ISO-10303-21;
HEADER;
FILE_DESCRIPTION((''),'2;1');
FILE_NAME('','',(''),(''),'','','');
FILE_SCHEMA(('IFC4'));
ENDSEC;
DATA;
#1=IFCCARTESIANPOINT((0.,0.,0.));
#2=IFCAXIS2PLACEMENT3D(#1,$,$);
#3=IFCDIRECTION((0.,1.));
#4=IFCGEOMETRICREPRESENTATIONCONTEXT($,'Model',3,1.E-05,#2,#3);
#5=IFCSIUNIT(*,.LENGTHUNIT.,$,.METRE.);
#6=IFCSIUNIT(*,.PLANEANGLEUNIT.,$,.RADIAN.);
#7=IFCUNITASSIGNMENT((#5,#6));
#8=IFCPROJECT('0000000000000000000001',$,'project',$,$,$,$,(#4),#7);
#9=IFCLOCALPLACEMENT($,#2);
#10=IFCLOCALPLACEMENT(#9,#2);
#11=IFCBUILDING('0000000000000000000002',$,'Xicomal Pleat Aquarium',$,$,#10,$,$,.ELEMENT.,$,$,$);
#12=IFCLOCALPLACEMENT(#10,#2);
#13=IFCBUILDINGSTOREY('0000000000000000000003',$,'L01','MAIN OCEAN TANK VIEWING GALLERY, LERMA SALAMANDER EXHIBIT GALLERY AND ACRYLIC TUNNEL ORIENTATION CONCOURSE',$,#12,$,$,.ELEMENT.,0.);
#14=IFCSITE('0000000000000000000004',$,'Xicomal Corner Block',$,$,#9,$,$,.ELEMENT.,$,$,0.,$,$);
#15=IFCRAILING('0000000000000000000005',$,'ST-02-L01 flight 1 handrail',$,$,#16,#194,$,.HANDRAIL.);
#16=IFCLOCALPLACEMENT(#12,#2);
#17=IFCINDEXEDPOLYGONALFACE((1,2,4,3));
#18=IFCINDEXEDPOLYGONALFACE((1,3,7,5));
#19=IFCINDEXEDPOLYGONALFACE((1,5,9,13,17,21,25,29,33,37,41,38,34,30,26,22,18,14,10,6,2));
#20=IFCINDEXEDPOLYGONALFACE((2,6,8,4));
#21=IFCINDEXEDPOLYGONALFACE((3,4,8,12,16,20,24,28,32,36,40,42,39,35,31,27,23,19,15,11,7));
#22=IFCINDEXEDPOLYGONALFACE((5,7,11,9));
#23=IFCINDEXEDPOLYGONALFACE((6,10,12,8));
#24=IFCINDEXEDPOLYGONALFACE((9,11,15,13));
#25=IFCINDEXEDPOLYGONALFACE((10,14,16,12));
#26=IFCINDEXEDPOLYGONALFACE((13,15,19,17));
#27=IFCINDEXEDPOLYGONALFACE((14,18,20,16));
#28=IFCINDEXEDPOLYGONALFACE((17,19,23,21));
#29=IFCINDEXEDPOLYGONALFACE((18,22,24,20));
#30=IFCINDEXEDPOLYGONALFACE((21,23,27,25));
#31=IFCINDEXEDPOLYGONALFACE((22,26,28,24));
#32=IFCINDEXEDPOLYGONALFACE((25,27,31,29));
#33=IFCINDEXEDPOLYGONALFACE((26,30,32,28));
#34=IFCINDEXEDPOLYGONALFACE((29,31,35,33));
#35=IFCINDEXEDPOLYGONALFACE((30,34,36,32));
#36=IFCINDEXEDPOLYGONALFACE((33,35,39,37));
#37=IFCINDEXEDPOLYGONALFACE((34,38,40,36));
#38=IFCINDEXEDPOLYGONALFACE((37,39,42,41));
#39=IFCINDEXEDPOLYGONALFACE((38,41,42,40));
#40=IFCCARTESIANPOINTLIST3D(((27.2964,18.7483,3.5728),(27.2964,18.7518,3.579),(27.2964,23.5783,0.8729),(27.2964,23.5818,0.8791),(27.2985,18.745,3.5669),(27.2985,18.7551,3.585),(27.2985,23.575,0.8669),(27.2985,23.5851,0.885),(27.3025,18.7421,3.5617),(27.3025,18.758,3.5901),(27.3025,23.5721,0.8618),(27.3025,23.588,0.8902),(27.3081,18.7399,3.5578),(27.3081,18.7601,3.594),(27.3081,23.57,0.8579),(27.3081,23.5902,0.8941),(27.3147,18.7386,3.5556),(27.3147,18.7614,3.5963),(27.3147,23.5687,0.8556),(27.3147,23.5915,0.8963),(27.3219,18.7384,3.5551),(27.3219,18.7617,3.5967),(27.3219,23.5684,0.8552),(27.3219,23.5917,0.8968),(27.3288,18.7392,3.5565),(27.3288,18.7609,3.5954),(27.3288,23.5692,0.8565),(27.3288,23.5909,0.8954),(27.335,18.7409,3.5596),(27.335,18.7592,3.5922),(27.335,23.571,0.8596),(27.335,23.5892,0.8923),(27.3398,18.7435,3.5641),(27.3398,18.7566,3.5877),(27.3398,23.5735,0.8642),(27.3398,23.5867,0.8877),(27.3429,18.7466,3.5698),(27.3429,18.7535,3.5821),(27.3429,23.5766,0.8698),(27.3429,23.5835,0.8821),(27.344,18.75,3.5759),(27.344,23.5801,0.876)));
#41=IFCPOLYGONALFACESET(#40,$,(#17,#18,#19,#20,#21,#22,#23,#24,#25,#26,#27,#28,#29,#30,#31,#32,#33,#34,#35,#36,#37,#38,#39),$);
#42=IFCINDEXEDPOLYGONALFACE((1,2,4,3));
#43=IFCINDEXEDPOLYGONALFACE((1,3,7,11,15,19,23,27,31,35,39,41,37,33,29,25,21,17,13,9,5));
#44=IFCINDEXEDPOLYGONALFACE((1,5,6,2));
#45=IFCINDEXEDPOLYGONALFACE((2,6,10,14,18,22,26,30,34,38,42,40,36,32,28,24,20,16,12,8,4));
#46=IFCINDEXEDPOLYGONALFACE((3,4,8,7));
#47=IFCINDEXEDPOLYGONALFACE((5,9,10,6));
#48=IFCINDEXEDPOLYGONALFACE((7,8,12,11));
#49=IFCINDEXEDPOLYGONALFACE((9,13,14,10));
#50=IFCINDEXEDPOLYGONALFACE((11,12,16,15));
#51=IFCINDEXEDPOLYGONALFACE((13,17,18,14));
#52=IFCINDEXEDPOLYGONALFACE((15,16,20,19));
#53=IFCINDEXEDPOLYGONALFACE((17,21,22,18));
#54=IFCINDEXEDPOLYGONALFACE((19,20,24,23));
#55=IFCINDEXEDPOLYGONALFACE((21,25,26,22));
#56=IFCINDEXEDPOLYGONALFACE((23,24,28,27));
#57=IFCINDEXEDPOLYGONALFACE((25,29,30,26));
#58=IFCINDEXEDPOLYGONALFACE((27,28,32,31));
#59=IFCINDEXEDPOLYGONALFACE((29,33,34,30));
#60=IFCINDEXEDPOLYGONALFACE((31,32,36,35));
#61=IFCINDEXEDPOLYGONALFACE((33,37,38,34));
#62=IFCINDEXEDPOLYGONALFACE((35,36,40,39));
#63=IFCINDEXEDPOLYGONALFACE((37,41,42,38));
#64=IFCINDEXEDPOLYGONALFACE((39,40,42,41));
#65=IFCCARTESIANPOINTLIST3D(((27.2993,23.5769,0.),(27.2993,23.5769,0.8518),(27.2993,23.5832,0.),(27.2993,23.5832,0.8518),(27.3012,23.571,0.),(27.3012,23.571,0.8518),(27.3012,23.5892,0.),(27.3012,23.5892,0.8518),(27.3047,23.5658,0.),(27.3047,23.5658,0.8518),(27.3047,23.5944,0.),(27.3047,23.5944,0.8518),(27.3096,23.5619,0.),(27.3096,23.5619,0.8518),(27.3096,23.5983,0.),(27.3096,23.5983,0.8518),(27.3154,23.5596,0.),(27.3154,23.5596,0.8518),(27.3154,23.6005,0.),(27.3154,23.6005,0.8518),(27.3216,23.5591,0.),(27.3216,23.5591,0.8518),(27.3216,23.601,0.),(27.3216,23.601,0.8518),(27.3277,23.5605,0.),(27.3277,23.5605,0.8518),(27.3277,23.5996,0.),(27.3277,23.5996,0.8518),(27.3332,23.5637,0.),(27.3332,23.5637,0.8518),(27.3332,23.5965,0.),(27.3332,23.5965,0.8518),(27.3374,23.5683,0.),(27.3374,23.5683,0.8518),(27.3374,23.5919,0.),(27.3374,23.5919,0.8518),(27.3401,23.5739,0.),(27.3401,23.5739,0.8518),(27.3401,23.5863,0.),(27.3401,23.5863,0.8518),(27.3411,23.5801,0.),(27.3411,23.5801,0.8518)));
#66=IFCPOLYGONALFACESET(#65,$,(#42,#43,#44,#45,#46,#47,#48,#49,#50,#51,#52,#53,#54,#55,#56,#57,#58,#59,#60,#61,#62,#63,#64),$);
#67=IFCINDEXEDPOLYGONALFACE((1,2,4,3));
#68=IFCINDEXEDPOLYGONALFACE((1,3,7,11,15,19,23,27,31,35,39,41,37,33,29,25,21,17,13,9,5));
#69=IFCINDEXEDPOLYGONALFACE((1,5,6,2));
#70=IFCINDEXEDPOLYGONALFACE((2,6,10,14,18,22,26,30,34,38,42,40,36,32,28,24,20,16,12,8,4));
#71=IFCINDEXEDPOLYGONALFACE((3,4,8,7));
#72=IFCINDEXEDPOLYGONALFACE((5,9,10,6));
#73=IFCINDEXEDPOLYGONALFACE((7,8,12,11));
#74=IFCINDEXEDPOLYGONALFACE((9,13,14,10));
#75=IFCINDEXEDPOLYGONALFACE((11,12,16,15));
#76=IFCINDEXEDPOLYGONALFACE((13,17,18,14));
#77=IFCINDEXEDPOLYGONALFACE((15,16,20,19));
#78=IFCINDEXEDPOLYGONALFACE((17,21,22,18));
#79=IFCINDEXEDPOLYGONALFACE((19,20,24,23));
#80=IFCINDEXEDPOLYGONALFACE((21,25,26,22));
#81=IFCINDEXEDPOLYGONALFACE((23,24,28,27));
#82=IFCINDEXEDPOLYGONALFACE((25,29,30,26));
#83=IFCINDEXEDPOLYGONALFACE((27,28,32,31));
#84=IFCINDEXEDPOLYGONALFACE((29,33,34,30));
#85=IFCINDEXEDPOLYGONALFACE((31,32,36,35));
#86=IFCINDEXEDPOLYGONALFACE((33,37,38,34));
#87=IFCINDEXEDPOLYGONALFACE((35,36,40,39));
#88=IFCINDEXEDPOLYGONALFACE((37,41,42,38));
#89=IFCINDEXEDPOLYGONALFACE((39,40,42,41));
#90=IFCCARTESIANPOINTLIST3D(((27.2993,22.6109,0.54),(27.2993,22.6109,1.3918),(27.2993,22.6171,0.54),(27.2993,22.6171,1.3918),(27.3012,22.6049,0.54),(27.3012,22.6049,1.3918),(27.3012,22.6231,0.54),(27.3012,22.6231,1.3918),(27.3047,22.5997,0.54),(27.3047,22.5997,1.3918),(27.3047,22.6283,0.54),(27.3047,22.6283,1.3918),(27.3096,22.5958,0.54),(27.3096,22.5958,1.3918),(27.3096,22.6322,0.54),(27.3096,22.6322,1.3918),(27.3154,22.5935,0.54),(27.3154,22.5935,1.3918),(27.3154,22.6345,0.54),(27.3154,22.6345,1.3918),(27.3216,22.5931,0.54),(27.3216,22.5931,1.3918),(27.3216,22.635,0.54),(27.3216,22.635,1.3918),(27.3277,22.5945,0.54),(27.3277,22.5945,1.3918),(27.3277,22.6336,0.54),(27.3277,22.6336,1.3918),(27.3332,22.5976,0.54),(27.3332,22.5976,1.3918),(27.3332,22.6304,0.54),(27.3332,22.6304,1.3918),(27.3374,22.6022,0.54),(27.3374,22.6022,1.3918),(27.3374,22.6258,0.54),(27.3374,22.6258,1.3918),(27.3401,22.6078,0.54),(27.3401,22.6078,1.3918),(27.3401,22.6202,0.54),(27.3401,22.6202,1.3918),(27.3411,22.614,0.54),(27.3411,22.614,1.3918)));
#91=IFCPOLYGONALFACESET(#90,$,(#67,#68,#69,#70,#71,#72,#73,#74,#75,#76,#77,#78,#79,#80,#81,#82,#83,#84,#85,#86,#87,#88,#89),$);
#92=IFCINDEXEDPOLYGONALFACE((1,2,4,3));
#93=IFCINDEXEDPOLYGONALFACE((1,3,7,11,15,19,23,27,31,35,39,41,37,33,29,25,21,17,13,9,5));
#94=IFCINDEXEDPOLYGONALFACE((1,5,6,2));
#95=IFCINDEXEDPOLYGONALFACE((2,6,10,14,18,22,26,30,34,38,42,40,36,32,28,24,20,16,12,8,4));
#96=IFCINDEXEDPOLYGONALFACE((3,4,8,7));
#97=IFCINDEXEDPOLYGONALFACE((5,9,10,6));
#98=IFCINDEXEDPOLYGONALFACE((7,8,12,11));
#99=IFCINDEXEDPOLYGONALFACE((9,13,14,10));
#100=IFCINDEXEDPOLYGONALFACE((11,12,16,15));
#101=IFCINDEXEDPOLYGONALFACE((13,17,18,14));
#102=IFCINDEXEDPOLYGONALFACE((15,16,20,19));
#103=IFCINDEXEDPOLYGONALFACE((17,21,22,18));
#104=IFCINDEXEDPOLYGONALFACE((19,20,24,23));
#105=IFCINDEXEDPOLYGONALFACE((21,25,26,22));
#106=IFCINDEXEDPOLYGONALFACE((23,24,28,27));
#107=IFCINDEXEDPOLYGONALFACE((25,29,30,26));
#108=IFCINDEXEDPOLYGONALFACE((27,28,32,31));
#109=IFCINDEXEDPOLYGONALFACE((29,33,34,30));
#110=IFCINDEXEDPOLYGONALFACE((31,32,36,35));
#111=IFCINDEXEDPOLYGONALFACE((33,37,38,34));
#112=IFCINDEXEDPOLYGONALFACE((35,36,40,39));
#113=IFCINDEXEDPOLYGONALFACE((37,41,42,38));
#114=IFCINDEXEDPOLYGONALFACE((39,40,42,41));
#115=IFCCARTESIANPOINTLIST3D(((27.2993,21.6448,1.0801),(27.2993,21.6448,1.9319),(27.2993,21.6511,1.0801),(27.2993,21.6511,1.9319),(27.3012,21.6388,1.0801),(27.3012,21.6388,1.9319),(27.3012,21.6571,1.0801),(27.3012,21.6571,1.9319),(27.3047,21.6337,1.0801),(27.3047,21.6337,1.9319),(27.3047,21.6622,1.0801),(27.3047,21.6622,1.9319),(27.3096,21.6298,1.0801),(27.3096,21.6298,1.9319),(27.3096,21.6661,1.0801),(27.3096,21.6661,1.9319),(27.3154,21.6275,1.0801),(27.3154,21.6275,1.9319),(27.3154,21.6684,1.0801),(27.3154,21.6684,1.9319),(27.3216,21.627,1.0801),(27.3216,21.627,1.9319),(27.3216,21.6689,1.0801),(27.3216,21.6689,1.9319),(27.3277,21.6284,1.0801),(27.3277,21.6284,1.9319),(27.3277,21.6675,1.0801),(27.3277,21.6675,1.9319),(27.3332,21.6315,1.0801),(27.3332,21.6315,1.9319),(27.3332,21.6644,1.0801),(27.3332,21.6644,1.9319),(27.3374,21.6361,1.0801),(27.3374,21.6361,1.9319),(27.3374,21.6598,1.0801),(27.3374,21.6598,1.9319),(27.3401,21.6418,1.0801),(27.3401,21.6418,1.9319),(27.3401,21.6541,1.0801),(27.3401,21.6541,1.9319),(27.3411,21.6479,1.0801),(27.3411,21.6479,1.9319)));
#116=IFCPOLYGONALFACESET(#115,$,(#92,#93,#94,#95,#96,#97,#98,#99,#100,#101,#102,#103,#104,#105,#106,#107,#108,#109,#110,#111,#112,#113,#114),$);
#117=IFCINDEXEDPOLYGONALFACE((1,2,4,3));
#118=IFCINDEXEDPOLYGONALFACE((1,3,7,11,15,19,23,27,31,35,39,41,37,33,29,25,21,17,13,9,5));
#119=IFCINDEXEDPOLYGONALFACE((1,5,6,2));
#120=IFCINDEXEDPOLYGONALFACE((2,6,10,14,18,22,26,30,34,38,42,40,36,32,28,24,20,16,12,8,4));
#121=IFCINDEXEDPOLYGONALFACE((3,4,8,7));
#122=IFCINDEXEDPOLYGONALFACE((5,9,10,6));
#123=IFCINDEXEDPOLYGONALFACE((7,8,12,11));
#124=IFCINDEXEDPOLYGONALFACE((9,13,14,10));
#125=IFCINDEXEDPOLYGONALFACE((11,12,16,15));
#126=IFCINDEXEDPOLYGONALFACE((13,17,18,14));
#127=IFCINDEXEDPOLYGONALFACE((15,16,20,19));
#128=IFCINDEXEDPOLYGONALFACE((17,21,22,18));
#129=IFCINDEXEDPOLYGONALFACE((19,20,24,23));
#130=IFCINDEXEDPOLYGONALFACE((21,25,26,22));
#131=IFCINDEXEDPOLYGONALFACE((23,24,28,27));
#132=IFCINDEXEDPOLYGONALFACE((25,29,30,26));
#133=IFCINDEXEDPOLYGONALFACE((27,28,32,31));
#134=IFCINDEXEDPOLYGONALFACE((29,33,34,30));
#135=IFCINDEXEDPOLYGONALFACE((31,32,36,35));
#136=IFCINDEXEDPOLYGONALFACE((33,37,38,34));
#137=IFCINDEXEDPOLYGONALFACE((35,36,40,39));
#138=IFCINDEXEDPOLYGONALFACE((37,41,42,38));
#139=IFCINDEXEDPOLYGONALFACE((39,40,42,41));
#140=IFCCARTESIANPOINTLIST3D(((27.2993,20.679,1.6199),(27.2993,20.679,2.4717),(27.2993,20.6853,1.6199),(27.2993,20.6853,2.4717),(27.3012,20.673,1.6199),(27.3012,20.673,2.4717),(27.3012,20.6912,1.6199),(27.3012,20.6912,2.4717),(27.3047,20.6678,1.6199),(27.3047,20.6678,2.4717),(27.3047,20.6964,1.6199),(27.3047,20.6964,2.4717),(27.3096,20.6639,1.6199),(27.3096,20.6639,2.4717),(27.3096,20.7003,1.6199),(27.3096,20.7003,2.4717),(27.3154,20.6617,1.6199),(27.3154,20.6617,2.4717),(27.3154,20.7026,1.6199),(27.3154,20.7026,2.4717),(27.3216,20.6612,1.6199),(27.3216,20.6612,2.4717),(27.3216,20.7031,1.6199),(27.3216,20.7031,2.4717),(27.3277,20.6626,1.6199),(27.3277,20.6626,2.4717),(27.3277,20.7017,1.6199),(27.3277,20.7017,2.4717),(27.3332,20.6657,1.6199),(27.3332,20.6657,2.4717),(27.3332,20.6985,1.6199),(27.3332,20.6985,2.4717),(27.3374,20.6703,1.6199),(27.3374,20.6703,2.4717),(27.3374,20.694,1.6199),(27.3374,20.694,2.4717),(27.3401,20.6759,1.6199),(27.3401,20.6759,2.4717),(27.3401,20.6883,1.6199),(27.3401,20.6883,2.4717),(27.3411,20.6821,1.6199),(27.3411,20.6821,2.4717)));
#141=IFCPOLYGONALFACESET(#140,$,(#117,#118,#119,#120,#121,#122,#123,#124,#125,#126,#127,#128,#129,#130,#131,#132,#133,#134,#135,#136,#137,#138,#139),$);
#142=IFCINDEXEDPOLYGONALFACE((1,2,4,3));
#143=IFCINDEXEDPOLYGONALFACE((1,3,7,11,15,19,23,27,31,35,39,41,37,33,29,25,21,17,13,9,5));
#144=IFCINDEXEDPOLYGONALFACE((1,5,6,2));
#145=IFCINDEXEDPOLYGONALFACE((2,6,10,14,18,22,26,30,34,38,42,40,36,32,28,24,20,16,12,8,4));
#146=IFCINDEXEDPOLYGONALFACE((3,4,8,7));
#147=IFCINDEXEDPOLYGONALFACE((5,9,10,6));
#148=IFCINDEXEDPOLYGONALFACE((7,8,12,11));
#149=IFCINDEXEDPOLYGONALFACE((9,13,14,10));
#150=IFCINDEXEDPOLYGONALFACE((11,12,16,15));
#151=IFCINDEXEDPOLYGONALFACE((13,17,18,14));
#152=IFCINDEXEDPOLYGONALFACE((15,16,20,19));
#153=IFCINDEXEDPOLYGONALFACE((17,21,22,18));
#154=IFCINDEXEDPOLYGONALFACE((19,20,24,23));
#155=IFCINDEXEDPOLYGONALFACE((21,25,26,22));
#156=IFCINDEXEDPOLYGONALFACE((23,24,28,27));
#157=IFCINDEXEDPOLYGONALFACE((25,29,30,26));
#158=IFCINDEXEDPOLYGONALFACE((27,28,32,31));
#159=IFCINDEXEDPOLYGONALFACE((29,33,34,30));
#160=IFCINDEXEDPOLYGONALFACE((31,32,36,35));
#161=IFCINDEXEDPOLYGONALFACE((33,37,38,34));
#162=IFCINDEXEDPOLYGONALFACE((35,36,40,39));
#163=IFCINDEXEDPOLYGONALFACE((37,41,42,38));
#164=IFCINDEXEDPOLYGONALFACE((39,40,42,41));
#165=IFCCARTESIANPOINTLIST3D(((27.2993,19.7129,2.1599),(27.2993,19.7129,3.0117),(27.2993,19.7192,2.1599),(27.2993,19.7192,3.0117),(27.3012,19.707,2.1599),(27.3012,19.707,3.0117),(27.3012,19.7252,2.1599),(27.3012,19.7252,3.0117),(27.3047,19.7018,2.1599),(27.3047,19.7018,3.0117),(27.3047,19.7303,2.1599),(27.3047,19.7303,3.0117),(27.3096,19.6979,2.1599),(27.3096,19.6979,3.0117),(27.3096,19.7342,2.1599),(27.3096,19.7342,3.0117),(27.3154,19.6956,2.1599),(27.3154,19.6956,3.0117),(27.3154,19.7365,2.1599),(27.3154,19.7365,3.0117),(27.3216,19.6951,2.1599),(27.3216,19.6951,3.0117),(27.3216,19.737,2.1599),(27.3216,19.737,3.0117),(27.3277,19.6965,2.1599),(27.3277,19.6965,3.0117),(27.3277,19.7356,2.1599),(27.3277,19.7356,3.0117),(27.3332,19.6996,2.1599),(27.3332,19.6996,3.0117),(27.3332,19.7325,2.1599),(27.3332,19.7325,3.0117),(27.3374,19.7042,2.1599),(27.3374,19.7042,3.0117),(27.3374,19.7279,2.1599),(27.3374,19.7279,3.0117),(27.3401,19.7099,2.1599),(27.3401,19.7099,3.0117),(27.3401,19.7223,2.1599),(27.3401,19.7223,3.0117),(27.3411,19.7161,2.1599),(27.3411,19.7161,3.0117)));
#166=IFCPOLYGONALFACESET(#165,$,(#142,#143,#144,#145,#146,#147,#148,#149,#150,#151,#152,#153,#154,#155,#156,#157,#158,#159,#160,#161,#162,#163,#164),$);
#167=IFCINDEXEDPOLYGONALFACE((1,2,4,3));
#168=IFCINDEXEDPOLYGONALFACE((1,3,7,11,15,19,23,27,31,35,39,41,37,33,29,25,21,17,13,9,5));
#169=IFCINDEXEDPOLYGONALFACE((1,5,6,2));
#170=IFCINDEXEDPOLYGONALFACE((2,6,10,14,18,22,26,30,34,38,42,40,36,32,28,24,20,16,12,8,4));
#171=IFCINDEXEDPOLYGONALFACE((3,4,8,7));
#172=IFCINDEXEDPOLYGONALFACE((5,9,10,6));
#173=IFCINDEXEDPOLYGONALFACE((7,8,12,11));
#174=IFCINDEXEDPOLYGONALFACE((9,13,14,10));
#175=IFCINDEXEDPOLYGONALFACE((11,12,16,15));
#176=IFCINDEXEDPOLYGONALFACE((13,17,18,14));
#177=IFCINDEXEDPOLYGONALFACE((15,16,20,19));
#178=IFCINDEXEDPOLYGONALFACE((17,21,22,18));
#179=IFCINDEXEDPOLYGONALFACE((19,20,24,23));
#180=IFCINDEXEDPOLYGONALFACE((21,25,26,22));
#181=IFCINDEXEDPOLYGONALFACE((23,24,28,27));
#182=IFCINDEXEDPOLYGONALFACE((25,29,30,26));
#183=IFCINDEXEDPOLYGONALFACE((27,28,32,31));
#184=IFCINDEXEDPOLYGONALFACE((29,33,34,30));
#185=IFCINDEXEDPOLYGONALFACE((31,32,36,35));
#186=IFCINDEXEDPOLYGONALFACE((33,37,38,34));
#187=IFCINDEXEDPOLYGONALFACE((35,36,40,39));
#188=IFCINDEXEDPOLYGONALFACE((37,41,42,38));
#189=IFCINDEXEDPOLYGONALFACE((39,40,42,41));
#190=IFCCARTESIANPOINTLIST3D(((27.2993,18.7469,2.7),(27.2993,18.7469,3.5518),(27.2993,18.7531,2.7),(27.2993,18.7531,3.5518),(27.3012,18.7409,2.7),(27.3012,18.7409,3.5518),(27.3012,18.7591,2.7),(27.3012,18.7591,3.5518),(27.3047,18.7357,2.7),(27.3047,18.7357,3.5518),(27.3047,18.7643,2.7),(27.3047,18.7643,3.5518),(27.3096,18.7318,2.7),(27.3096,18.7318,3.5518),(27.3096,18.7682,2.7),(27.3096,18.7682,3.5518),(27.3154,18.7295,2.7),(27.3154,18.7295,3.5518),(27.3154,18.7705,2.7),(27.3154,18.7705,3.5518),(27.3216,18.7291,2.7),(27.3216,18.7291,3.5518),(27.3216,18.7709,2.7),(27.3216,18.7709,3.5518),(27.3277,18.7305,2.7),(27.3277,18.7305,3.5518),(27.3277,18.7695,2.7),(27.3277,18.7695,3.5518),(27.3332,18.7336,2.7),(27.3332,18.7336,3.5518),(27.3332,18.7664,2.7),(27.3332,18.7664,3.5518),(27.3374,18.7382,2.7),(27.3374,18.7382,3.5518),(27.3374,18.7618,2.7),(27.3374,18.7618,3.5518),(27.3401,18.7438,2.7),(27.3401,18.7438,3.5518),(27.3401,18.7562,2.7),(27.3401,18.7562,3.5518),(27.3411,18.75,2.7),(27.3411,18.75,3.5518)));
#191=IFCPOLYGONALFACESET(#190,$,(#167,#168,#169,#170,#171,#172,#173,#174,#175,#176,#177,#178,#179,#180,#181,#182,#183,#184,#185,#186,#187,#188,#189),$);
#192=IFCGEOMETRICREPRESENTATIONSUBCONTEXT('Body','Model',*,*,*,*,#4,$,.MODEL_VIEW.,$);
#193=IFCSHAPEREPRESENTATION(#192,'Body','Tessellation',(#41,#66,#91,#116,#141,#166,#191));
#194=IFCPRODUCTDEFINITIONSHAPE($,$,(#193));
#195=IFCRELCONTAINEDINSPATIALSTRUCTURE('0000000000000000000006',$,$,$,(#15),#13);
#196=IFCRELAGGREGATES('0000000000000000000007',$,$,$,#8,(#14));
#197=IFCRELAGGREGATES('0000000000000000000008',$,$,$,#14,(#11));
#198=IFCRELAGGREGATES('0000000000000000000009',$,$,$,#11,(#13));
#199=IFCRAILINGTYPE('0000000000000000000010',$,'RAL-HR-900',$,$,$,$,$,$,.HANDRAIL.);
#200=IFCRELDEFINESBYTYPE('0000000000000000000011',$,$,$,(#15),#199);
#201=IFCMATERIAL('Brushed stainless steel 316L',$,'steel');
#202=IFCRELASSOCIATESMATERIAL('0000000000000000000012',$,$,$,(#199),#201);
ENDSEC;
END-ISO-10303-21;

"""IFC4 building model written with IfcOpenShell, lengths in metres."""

from ifc_helpers import new_model, si_unit, direction, frame, origin, origin_2d, place, context, subcontext, project, spatial, circle, extrude, material, type_object, element, save


model = new_model("IFC4")

# Units and contexts
model_context = context("Model", 3, precision=1e-05, world=origin(), true_north=direction((0.0, 1.0)))
body_context = subcontext(model_context, "Body", "Model", "MODEL_VIEW")
ifc_project = project(units=[si_unit("LENGTHUNIT", "METRE"), si_unit("PLANEANGLEUNIT", "RADIAN")], contexts=[model_context])

# Site, building, storey
site_placement = place(None, origin())
site = spatial("IfcSite", under=ifc_project, at=site_placement, Name="Xicomal Corner Block", CompositionType="ELEMENT", RefElevation=0.0)
building_placement = place(site_placement, origin())
building = spatial("IfcBuilding", under=site, at=building_placement, Name="Xicomal Pleat Aquarium", CompositionType="ELEMENT")
storey_placement = place(building_placement, origin())
storey = spatial("IfcBuildingStorey", under=building, at=storey_placement, Name="L01", Description="MAIN OCEAN TANK VIEWING GALLERY, LERMA SALAMANDER EXHIBIT GALLERY AND ACRYLIC TUNNEL ORIENTATION CONCOURSE", CompositionType="ELEMENT", Elevation=0.0)

# Railing
ifc_material_1 = material(Name="Brushed stainless steel 316L", Category="steel")
railing_type_1 = type_object("IfcRailingType", Name="RAL-HR-900", PredefinedType="HANDRAIL", material=ifc_material_1)
railing_1_placement = place(storey_placement, frame((27.3201, 23.5801, 0.0)))
element("IfcRailing", 1, at=railing_1_placement, inside=storey, type_object=railing_type_1, Name="ST-02-L01 flight 1 handrail", PredefinedType="HANDRAIL", context=body_context, shape_type="SweptSolid", body=[
    extrude(circle(Radius=0.0239, at=origin_2d()), frame((0.0, 0.0, 0.876), z_axis=(0.0, -0.872883, 0.48793), x_axis=(1.0, 0.0, 0.0)), (0.0, 0.0, 1.0), 5.5334),
    extrude(circle(Radius=0.021, at=origin_2d()), origin(), (0.0, 0.0, 1.0), 0.8518),
    extrude(circle(Radius=0.021, at=origin_2d()), frame((0.0, -0.9661, 0.54)), (0.0, 0.0, 1.0), 0.8518),
    extrude(circle(Radius=0.021, at=origin_2d()), frame((0.0, -1.9321, 1.0801)), (0.0, 0.0, 1.0), 0.8518),
    extrude(circle(Radius=0.021, at=origin_2d()), frame((0.0, -2.8979, 1.6199)), (0.0, 0.0, 1.0), 0.8518),
    extrude(circle(Radius=0.021, at=origin_2d()), frame((0.0, -3.864, 2.1599)), (0.0, 0.0, 1.0), 0.8518),
    extrude(circle(Radius=0.021, at=origin_2d()), frame((0.0, -4.8301, 2.7)), (0.0, 0.0, 1.0), 0.8518),
])

save(model, "model.ifc")
